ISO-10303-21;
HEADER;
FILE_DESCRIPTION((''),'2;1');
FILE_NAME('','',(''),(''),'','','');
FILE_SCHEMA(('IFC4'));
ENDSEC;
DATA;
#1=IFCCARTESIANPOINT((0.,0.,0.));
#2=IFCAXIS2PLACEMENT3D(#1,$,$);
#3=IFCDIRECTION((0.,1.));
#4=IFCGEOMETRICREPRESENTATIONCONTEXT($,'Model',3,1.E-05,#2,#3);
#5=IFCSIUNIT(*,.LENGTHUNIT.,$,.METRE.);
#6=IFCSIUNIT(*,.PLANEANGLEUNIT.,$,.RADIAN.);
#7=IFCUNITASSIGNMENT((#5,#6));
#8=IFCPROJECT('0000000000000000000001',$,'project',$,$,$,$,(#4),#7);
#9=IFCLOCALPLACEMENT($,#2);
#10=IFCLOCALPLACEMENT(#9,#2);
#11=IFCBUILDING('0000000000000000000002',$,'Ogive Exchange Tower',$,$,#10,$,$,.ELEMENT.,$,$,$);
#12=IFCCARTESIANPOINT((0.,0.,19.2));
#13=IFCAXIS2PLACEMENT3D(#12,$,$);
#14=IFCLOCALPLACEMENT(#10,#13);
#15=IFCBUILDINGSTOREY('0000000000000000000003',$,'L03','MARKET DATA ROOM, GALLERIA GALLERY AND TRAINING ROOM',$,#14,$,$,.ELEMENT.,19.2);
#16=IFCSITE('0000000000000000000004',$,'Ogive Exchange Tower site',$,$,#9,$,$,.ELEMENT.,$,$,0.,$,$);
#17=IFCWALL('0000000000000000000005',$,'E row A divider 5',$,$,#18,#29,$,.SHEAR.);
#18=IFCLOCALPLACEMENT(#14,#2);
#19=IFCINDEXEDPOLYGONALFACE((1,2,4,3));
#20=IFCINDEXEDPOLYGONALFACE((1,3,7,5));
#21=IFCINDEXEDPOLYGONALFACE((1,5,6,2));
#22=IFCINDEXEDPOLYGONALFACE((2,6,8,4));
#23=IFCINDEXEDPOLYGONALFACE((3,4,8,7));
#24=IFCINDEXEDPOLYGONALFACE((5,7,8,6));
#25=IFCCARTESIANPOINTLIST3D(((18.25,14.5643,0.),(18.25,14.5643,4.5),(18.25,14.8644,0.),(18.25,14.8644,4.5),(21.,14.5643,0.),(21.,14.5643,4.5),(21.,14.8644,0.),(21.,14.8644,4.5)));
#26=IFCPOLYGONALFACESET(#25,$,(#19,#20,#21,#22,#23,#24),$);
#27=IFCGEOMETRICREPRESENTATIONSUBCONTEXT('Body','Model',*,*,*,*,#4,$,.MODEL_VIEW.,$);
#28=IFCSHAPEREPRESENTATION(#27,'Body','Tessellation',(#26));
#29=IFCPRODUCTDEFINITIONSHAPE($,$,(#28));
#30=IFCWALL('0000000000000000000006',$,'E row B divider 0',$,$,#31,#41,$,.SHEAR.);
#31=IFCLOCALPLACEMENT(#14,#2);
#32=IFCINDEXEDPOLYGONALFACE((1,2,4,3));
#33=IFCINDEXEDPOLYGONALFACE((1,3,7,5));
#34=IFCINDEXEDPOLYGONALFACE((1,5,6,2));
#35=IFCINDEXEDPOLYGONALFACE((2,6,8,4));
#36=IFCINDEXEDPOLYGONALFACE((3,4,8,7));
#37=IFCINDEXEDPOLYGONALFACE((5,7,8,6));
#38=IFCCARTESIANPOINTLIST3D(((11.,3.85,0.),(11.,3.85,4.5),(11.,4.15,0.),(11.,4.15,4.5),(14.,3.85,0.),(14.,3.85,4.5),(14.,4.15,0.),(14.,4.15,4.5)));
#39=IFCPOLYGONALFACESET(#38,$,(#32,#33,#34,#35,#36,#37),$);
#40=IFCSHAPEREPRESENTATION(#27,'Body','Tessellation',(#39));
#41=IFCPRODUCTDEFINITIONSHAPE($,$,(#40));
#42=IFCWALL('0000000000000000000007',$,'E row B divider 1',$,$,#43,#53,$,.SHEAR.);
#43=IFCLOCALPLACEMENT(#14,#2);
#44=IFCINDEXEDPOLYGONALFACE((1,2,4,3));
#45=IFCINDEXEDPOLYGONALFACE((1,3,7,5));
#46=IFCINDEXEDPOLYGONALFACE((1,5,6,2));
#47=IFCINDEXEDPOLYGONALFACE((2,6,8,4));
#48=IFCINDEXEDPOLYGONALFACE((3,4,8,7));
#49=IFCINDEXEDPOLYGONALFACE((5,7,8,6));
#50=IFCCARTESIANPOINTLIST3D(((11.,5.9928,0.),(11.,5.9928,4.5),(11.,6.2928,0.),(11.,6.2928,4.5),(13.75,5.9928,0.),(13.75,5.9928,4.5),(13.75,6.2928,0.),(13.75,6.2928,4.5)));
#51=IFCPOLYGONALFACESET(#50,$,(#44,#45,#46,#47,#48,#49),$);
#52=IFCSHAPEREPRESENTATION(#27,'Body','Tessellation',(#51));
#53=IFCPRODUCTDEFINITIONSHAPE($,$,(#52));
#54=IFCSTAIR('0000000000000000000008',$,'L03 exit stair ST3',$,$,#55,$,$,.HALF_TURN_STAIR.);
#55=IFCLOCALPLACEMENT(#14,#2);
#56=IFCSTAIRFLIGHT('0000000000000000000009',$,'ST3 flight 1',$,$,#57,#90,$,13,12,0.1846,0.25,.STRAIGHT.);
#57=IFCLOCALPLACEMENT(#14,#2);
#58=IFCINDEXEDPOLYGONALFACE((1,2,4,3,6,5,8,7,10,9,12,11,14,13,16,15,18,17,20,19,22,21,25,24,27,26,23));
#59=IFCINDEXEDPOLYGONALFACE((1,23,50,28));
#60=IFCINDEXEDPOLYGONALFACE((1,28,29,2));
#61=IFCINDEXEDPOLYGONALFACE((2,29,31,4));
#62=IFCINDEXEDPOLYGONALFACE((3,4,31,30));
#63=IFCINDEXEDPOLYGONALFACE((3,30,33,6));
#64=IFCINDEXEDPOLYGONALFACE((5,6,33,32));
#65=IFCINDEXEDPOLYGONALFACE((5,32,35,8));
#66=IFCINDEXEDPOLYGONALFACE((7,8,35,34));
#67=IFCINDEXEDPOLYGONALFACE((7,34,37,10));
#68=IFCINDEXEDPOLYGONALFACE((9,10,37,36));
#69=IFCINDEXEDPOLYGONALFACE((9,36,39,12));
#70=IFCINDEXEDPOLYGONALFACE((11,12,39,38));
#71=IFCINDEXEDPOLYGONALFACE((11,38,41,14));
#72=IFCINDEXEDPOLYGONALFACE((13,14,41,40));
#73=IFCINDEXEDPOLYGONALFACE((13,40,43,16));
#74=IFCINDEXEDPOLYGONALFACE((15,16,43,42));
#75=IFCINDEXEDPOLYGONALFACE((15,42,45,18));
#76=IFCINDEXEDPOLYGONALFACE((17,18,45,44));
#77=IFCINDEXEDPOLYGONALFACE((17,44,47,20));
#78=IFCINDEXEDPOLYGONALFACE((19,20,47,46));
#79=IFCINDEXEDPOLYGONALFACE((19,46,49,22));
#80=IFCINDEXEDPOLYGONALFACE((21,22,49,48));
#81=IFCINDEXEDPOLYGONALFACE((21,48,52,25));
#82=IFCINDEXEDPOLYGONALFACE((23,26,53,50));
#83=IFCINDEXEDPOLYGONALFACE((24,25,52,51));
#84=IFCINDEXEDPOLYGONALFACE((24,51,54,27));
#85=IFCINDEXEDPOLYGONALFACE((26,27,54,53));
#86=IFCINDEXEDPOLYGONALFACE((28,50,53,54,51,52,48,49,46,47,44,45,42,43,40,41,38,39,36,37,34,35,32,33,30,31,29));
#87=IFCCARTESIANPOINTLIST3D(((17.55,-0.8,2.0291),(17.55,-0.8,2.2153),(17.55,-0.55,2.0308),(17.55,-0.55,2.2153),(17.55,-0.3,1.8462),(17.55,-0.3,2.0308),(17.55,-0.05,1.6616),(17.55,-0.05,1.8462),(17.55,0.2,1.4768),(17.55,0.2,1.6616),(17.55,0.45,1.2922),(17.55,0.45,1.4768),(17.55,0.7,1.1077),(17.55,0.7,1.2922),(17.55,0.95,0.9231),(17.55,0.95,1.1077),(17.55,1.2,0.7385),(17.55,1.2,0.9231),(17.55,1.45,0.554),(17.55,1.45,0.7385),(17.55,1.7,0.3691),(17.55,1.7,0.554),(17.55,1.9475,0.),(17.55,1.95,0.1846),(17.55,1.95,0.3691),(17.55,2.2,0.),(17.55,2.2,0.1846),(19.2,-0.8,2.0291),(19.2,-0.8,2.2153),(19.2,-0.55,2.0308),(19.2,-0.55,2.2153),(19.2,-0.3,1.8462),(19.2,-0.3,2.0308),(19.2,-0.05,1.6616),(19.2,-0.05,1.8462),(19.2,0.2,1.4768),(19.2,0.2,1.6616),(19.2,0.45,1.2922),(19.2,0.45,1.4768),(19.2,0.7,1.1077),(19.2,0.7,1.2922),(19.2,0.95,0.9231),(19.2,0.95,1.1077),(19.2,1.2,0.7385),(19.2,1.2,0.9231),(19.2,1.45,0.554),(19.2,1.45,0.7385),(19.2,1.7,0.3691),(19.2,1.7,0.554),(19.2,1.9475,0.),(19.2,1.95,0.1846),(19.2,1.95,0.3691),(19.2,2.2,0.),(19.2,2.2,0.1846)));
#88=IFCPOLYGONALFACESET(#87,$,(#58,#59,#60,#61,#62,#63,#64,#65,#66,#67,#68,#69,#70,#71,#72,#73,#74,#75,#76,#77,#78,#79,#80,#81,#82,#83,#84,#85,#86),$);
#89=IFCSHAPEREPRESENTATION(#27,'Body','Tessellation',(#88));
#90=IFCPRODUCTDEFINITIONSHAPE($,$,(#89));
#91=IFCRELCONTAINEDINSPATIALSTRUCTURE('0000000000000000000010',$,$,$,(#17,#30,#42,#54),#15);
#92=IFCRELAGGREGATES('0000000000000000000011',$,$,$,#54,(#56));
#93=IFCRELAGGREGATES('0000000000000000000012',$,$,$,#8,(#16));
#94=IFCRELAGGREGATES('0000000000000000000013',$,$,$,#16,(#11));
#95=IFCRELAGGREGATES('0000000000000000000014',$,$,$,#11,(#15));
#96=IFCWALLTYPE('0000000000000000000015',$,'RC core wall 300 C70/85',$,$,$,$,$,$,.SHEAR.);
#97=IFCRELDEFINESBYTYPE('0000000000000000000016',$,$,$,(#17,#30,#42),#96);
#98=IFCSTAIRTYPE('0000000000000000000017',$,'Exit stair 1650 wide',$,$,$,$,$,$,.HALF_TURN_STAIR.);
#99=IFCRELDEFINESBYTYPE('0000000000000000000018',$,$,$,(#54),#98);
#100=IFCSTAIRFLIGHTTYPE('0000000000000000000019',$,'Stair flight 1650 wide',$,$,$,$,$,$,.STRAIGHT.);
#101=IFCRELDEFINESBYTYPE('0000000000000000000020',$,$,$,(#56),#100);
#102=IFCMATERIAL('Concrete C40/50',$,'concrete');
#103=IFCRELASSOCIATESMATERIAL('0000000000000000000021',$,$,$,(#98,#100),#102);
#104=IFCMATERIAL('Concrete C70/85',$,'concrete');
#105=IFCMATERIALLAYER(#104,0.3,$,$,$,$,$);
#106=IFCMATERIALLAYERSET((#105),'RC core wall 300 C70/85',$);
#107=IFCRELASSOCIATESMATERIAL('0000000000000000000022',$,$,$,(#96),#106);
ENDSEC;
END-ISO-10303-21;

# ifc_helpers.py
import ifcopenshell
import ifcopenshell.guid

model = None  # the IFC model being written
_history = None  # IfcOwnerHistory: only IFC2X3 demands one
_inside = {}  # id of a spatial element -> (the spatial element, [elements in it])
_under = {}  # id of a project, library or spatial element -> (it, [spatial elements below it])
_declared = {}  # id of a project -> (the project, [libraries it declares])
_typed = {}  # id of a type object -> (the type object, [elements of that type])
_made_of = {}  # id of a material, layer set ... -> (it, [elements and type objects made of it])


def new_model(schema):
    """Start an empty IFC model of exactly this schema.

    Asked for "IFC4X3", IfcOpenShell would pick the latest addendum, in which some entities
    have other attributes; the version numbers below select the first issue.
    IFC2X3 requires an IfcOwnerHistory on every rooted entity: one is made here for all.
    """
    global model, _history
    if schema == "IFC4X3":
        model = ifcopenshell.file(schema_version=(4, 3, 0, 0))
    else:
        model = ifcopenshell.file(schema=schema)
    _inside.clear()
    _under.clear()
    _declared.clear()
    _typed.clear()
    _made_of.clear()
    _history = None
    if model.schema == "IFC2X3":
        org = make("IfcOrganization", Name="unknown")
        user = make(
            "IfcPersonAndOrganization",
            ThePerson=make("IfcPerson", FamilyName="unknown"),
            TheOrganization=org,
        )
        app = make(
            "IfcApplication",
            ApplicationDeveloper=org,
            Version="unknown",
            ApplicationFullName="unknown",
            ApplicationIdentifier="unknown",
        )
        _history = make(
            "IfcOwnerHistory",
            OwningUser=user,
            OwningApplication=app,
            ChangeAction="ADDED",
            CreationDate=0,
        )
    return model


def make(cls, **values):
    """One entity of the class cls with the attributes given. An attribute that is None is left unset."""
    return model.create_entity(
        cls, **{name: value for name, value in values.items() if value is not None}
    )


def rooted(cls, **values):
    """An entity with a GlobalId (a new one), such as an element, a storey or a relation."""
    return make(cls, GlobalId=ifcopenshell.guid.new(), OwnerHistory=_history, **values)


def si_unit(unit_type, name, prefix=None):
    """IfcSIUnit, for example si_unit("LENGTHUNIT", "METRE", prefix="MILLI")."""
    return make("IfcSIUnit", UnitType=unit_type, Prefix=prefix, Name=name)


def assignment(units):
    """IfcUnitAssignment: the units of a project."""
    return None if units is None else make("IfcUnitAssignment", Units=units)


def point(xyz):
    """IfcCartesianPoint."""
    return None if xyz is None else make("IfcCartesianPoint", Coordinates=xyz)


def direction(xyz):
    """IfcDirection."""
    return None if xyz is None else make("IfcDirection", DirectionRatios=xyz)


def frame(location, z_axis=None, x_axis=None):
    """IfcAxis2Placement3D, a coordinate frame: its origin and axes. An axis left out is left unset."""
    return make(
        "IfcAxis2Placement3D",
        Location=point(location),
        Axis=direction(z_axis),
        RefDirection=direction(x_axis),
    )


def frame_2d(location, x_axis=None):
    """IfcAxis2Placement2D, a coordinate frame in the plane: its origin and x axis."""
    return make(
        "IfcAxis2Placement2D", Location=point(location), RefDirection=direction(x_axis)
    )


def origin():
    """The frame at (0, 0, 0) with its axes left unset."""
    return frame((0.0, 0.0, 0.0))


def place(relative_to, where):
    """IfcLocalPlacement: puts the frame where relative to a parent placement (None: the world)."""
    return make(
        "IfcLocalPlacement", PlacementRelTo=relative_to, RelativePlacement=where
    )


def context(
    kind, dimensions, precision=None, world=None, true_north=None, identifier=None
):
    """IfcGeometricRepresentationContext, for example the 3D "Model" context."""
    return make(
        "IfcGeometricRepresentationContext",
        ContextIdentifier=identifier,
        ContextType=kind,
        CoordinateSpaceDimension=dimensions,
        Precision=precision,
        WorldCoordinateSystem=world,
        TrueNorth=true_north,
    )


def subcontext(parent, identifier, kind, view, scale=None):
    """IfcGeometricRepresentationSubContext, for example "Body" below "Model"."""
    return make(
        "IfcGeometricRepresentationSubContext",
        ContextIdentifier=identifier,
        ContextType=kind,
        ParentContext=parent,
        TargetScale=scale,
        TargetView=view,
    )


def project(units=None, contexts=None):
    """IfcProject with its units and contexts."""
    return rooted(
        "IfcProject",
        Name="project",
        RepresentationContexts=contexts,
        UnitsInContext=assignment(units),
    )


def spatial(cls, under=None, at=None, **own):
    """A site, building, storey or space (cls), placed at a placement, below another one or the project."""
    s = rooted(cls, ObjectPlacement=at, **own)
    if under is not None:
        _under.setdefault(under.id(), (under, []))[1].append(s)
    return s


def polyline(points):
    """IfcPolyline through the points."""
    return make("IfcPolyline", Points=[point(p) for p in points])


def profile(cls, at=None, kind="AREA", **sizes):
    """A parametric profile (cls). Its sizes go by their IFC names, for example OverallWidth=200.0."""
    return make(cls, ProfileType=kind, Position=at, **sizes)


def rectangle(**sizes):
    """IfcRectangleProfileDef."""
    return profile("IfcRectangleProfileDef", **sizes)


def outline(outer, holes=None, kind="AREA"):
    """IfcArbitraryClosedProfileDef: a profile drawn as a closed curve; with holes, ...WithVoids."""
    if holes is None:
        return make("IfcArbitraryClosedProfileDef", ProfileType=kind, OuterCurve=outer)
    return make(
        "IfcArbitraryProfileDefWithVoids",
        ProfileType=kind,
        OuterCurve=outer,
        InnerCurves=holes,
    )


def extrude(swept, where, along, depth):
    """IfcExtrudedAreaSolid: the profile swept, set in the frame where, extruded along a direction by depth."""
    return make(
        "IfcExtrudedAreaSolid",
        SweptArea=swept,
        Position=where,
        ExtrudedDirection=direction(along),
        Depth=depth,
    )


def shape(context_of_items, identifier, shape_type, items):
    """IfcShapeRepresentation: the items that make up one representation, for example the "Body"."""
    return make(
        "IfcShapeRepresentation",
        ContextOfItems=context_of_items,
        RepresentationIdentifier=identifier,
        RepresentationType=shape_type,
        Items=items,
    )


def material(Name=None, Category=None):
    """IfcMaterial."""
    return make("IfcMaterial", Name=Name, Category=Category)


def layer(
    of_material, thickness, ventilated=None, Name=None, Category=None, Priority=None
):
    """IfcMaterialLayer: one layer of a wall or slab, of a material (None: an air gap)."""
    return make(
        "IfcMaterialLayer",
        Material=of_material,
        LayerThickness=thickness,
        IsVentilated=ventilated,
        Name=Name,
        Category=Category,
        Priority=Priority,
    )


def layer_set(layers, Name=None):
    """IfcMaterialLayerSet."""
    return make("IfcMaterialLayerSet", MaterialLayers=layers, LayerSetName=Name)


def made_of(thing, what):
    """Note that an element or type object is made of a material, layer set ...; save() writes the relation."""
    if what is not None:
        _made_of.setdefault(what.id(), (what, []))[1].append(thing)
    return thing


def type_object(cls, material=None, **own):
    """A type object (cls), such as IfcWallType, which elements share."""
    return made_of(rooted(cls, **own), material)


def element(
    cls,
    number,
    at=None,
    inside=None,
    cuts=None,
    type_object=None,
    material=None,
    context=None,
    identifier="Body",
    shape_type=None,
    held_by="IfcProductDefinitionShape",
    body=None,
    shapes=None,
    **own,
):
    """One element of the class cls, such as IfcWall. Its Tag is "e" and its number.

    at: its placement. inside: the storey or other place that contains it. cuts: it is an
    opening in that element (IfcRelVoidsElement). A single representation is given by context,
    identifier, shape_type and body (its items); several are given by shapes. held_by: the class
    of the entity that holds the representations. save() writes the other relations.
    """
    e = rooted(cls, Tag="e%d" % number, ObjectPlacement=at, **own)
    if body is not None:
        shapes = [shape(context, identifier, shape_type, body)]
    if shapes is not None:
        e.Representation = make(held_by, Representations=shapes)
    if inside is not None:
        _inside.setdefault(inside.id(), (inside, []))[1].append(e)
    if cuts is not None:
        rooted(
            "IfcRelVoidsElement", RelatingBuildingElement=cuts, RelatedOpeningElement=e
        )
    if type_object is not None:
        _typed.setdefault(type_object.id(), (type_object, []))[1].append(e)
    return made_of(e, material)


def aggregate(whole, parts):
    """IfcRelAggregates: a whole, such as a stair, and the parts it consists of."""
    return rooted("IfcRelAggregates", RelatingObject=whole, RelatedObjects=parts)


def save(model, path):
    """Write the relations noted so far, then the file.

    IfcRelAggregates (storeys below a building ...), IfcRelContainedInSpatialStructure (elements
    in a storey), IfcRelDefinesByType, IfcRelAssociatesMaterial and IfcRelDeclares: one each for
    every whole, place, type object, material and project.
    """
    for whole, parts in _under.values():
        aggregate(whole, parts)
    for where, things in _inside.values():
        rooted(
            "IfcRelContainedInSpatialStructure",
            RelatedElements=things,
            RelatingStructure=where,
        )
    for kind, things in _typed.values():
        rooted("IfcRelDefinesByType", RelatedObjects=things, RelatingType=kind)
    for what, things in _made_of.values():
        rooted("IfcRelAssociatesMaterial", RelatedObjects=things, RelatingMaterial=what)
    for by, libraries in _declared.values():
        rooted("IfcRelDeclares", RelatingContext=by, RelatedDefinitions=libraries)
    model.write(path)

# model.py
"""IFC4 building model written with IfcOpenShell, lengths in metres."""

from ifc_helpers import new_model, si_unit, direction, frame, frame_2d, origin, place, context, subcontext, project, spatial, polyline, rectangle, outline, extrude, material, layer, layer_set, type_object, element, aggregate, save


model = new_model("IFC4")

# Units and contexts
model_context = context("Model", 3, precision=1e-05, world=origin(), true_north=direction((0.0, 1.0)))
body_context = subcontext(model_context, "Body", "Model", "MODEL_VIEW")
ifc_project = project(units=[si_unit("LENGTHUNIT", "METRE"), si_unit("PLANEANGLEUNIT", "RADIAN")], contexts=[model_context])

# Site, building, storey
site_placement = place(None, origin())
site = spatial("IfcSite", under=ifc_project, at=site_placement, Name="Ogive Exchange Tower site", CompositionType="ELEMENT", RefElevation=0.0)
building_placement = place(site_placement, origin())
building = spatial("IfcBuilding", under=site, at=building_placement, Name="Ogive Exchange Tower", CompositionType="ELEMENT")
storey_placement = place(building_placement, frame((0.0, 0.0, 19.2)))
storey = spatial("IfcBuildingStorey", under=building, at=storey_placement, Name="L03", Description="MARKET DATA ROOM, GALLERIA GALLERY AND TRAINING ROOM", CompositionType="ELEMENT", Elevation=19.2)

# Shared definitions
ifc_material_1 = material(Name="Concrete C40/50", Category="concrete")
stair_type_1 = type_object("IfcStairType", Name="Exit stair 1650 wide", PredefinedType="HALF_TURN_STAIR", material=ifc_material_1)

# Shared definitions
ifc_material_2 = material(Name="Concrete C70/85", Category="concrete")

# Walls
ifc_layer_1 = layer(ifc_material_2, 0.3)
ifc_layer_set_1 = layer_set([ifc_layer_1], Name="RC core wall 300 C70/85")
wall_type_1 = type_object("IfcWallType", Name="RC core wall 300 C70/85", PredefinedType="SHEAR", material=ifc_layer_set_1)
for number, where, z_axis, x_axis, name in (
    (1, (18.25, 14.7144, 0.0), (0.0, 0.0, 1.0), (1.0, 0.0, 0.0), "E row A divider 5"),
):
    element("IfcWall", number, at=place(storey_placement, frame(where, z_axis=z_axis, x_axis=x_axis)), inside=storey, type_object=wall_type_1, Name=name, PredefinedType="SHEAR", context=body_context, shape_type="SweptSolid", body=[
        extrude(rectangle(XDim=2.75, YDim=0.3, at=frame_2d((1.375, 0.0))), origin(), (0.0, 0.0, 1.0), 4.5),
    ])
wall_1_placement = place(storey_placement, frame((11.0, 4.0, 0.0), z_axis=(0.0, 0.0, 1.0), x_axis=(1.0, 0.0, 0.0)))
element("IfcWall", 2, at=wall_1_placement, inside=storey, type_object=wall_type_1, Name="E row B divider 0", PredefinedType="SHEAR", context=body_context, shape_type="SweptSolid", body=[
    extrude(rectangle(XDim=3.0, YDim=0.3, at=frame_2d((1.5, 0.0))), origin(), (0.0, 0.0, 1.0), 4.5),
])
wall_2_placement = place(storey_placement, frame((11.0, 6.1428, 0.0), z_axis=(0.0, 0.0, 1.0), x_axis=(1.0, 0.0, 0.0)))
element("IfcWall", 3, at=wall_2_placement, inside=storey, type_object=wall_type_1, Name="E row B divider 1", PredefinedType="SHEAR", context=body_context, shape_type="SweptSolid", body=[
    extrude(rectangle(XDim=2.75, YDim=0.3, at=frame_2d((1.375, 0.0))), origin(), (0.0, 0.0, 1.0), 4.5),
])

# Stair, stair flight
stair_1_placement = place(storey_placement, origin())
stair_1 = element("IfcStair", 4, at=stair_1_placement, inside=storey, type_object=stair_type_1, Name="L03 exit stair ST3", PredefinedType="HALF_TURN_STAIR")
stair_flight_type = type_object("IfcStairFlightType", Name="Stair flight 1650 wide", PredefinedType="STRAIGHT", material=ifc_material_1)
stair_flight_placement = place(storey_placement, frame((18.375, 2.2, 0.0), z_axis=(0.0, 0.0, 1.0), x_axis=(0.0, -1.0, 0.0)))
stair_flight = element("IfcStairFlight", 5, at=stair_flight_placement, type_object=stair_flight_type, Name="ST3 flight 1", NumberOfRisers=13, NumberOfTreads=12, PredefinedType="STRAIGHT", RiserHeight=0.1846, TreadLength=0.25, context=body_context, shape_type="SweptSolid", body=[
    extrude(outline(polyline([(0.0, 0.0), (0.0, 0.1846), (0.25, 0.1846), (0.25, 0.3691), (0.5, 0.3691), (0.5, 0.554), (0.75, 0.554), (0.75, 0.7385), (1.0, 0.7385), (1.0, 0.9231), (1.25, 0.9231), (1.25, 1.1077), (1.5, 1.1077), (1.5, 1.2922), (1.75, 1.2922), (1.75, 1.4768), (2.0, 1.4768), (2.0, 1.6616), (2.25, 1.6616), (2.25, 1.8462), (2.5, 1.8462), (2.5, 2.0308), (2.75, 2.0308), (2.75, 2.2153), (3.0, 2.2153), (3.0, 2.3999), (3.0, 2.0291), (0.2524, 0.0), (0.0, 0.0)])), frame((0.0, 0.825, 0.0), z_axis=(0.0, -1.0, 0.0), x_axis=(1.0, 0.0, 0.0)), (0.0, 0.0, 1.0), 1.6499),
])
aggregate(stair_1, [stair_flight])

save(model, "model.ifc")
